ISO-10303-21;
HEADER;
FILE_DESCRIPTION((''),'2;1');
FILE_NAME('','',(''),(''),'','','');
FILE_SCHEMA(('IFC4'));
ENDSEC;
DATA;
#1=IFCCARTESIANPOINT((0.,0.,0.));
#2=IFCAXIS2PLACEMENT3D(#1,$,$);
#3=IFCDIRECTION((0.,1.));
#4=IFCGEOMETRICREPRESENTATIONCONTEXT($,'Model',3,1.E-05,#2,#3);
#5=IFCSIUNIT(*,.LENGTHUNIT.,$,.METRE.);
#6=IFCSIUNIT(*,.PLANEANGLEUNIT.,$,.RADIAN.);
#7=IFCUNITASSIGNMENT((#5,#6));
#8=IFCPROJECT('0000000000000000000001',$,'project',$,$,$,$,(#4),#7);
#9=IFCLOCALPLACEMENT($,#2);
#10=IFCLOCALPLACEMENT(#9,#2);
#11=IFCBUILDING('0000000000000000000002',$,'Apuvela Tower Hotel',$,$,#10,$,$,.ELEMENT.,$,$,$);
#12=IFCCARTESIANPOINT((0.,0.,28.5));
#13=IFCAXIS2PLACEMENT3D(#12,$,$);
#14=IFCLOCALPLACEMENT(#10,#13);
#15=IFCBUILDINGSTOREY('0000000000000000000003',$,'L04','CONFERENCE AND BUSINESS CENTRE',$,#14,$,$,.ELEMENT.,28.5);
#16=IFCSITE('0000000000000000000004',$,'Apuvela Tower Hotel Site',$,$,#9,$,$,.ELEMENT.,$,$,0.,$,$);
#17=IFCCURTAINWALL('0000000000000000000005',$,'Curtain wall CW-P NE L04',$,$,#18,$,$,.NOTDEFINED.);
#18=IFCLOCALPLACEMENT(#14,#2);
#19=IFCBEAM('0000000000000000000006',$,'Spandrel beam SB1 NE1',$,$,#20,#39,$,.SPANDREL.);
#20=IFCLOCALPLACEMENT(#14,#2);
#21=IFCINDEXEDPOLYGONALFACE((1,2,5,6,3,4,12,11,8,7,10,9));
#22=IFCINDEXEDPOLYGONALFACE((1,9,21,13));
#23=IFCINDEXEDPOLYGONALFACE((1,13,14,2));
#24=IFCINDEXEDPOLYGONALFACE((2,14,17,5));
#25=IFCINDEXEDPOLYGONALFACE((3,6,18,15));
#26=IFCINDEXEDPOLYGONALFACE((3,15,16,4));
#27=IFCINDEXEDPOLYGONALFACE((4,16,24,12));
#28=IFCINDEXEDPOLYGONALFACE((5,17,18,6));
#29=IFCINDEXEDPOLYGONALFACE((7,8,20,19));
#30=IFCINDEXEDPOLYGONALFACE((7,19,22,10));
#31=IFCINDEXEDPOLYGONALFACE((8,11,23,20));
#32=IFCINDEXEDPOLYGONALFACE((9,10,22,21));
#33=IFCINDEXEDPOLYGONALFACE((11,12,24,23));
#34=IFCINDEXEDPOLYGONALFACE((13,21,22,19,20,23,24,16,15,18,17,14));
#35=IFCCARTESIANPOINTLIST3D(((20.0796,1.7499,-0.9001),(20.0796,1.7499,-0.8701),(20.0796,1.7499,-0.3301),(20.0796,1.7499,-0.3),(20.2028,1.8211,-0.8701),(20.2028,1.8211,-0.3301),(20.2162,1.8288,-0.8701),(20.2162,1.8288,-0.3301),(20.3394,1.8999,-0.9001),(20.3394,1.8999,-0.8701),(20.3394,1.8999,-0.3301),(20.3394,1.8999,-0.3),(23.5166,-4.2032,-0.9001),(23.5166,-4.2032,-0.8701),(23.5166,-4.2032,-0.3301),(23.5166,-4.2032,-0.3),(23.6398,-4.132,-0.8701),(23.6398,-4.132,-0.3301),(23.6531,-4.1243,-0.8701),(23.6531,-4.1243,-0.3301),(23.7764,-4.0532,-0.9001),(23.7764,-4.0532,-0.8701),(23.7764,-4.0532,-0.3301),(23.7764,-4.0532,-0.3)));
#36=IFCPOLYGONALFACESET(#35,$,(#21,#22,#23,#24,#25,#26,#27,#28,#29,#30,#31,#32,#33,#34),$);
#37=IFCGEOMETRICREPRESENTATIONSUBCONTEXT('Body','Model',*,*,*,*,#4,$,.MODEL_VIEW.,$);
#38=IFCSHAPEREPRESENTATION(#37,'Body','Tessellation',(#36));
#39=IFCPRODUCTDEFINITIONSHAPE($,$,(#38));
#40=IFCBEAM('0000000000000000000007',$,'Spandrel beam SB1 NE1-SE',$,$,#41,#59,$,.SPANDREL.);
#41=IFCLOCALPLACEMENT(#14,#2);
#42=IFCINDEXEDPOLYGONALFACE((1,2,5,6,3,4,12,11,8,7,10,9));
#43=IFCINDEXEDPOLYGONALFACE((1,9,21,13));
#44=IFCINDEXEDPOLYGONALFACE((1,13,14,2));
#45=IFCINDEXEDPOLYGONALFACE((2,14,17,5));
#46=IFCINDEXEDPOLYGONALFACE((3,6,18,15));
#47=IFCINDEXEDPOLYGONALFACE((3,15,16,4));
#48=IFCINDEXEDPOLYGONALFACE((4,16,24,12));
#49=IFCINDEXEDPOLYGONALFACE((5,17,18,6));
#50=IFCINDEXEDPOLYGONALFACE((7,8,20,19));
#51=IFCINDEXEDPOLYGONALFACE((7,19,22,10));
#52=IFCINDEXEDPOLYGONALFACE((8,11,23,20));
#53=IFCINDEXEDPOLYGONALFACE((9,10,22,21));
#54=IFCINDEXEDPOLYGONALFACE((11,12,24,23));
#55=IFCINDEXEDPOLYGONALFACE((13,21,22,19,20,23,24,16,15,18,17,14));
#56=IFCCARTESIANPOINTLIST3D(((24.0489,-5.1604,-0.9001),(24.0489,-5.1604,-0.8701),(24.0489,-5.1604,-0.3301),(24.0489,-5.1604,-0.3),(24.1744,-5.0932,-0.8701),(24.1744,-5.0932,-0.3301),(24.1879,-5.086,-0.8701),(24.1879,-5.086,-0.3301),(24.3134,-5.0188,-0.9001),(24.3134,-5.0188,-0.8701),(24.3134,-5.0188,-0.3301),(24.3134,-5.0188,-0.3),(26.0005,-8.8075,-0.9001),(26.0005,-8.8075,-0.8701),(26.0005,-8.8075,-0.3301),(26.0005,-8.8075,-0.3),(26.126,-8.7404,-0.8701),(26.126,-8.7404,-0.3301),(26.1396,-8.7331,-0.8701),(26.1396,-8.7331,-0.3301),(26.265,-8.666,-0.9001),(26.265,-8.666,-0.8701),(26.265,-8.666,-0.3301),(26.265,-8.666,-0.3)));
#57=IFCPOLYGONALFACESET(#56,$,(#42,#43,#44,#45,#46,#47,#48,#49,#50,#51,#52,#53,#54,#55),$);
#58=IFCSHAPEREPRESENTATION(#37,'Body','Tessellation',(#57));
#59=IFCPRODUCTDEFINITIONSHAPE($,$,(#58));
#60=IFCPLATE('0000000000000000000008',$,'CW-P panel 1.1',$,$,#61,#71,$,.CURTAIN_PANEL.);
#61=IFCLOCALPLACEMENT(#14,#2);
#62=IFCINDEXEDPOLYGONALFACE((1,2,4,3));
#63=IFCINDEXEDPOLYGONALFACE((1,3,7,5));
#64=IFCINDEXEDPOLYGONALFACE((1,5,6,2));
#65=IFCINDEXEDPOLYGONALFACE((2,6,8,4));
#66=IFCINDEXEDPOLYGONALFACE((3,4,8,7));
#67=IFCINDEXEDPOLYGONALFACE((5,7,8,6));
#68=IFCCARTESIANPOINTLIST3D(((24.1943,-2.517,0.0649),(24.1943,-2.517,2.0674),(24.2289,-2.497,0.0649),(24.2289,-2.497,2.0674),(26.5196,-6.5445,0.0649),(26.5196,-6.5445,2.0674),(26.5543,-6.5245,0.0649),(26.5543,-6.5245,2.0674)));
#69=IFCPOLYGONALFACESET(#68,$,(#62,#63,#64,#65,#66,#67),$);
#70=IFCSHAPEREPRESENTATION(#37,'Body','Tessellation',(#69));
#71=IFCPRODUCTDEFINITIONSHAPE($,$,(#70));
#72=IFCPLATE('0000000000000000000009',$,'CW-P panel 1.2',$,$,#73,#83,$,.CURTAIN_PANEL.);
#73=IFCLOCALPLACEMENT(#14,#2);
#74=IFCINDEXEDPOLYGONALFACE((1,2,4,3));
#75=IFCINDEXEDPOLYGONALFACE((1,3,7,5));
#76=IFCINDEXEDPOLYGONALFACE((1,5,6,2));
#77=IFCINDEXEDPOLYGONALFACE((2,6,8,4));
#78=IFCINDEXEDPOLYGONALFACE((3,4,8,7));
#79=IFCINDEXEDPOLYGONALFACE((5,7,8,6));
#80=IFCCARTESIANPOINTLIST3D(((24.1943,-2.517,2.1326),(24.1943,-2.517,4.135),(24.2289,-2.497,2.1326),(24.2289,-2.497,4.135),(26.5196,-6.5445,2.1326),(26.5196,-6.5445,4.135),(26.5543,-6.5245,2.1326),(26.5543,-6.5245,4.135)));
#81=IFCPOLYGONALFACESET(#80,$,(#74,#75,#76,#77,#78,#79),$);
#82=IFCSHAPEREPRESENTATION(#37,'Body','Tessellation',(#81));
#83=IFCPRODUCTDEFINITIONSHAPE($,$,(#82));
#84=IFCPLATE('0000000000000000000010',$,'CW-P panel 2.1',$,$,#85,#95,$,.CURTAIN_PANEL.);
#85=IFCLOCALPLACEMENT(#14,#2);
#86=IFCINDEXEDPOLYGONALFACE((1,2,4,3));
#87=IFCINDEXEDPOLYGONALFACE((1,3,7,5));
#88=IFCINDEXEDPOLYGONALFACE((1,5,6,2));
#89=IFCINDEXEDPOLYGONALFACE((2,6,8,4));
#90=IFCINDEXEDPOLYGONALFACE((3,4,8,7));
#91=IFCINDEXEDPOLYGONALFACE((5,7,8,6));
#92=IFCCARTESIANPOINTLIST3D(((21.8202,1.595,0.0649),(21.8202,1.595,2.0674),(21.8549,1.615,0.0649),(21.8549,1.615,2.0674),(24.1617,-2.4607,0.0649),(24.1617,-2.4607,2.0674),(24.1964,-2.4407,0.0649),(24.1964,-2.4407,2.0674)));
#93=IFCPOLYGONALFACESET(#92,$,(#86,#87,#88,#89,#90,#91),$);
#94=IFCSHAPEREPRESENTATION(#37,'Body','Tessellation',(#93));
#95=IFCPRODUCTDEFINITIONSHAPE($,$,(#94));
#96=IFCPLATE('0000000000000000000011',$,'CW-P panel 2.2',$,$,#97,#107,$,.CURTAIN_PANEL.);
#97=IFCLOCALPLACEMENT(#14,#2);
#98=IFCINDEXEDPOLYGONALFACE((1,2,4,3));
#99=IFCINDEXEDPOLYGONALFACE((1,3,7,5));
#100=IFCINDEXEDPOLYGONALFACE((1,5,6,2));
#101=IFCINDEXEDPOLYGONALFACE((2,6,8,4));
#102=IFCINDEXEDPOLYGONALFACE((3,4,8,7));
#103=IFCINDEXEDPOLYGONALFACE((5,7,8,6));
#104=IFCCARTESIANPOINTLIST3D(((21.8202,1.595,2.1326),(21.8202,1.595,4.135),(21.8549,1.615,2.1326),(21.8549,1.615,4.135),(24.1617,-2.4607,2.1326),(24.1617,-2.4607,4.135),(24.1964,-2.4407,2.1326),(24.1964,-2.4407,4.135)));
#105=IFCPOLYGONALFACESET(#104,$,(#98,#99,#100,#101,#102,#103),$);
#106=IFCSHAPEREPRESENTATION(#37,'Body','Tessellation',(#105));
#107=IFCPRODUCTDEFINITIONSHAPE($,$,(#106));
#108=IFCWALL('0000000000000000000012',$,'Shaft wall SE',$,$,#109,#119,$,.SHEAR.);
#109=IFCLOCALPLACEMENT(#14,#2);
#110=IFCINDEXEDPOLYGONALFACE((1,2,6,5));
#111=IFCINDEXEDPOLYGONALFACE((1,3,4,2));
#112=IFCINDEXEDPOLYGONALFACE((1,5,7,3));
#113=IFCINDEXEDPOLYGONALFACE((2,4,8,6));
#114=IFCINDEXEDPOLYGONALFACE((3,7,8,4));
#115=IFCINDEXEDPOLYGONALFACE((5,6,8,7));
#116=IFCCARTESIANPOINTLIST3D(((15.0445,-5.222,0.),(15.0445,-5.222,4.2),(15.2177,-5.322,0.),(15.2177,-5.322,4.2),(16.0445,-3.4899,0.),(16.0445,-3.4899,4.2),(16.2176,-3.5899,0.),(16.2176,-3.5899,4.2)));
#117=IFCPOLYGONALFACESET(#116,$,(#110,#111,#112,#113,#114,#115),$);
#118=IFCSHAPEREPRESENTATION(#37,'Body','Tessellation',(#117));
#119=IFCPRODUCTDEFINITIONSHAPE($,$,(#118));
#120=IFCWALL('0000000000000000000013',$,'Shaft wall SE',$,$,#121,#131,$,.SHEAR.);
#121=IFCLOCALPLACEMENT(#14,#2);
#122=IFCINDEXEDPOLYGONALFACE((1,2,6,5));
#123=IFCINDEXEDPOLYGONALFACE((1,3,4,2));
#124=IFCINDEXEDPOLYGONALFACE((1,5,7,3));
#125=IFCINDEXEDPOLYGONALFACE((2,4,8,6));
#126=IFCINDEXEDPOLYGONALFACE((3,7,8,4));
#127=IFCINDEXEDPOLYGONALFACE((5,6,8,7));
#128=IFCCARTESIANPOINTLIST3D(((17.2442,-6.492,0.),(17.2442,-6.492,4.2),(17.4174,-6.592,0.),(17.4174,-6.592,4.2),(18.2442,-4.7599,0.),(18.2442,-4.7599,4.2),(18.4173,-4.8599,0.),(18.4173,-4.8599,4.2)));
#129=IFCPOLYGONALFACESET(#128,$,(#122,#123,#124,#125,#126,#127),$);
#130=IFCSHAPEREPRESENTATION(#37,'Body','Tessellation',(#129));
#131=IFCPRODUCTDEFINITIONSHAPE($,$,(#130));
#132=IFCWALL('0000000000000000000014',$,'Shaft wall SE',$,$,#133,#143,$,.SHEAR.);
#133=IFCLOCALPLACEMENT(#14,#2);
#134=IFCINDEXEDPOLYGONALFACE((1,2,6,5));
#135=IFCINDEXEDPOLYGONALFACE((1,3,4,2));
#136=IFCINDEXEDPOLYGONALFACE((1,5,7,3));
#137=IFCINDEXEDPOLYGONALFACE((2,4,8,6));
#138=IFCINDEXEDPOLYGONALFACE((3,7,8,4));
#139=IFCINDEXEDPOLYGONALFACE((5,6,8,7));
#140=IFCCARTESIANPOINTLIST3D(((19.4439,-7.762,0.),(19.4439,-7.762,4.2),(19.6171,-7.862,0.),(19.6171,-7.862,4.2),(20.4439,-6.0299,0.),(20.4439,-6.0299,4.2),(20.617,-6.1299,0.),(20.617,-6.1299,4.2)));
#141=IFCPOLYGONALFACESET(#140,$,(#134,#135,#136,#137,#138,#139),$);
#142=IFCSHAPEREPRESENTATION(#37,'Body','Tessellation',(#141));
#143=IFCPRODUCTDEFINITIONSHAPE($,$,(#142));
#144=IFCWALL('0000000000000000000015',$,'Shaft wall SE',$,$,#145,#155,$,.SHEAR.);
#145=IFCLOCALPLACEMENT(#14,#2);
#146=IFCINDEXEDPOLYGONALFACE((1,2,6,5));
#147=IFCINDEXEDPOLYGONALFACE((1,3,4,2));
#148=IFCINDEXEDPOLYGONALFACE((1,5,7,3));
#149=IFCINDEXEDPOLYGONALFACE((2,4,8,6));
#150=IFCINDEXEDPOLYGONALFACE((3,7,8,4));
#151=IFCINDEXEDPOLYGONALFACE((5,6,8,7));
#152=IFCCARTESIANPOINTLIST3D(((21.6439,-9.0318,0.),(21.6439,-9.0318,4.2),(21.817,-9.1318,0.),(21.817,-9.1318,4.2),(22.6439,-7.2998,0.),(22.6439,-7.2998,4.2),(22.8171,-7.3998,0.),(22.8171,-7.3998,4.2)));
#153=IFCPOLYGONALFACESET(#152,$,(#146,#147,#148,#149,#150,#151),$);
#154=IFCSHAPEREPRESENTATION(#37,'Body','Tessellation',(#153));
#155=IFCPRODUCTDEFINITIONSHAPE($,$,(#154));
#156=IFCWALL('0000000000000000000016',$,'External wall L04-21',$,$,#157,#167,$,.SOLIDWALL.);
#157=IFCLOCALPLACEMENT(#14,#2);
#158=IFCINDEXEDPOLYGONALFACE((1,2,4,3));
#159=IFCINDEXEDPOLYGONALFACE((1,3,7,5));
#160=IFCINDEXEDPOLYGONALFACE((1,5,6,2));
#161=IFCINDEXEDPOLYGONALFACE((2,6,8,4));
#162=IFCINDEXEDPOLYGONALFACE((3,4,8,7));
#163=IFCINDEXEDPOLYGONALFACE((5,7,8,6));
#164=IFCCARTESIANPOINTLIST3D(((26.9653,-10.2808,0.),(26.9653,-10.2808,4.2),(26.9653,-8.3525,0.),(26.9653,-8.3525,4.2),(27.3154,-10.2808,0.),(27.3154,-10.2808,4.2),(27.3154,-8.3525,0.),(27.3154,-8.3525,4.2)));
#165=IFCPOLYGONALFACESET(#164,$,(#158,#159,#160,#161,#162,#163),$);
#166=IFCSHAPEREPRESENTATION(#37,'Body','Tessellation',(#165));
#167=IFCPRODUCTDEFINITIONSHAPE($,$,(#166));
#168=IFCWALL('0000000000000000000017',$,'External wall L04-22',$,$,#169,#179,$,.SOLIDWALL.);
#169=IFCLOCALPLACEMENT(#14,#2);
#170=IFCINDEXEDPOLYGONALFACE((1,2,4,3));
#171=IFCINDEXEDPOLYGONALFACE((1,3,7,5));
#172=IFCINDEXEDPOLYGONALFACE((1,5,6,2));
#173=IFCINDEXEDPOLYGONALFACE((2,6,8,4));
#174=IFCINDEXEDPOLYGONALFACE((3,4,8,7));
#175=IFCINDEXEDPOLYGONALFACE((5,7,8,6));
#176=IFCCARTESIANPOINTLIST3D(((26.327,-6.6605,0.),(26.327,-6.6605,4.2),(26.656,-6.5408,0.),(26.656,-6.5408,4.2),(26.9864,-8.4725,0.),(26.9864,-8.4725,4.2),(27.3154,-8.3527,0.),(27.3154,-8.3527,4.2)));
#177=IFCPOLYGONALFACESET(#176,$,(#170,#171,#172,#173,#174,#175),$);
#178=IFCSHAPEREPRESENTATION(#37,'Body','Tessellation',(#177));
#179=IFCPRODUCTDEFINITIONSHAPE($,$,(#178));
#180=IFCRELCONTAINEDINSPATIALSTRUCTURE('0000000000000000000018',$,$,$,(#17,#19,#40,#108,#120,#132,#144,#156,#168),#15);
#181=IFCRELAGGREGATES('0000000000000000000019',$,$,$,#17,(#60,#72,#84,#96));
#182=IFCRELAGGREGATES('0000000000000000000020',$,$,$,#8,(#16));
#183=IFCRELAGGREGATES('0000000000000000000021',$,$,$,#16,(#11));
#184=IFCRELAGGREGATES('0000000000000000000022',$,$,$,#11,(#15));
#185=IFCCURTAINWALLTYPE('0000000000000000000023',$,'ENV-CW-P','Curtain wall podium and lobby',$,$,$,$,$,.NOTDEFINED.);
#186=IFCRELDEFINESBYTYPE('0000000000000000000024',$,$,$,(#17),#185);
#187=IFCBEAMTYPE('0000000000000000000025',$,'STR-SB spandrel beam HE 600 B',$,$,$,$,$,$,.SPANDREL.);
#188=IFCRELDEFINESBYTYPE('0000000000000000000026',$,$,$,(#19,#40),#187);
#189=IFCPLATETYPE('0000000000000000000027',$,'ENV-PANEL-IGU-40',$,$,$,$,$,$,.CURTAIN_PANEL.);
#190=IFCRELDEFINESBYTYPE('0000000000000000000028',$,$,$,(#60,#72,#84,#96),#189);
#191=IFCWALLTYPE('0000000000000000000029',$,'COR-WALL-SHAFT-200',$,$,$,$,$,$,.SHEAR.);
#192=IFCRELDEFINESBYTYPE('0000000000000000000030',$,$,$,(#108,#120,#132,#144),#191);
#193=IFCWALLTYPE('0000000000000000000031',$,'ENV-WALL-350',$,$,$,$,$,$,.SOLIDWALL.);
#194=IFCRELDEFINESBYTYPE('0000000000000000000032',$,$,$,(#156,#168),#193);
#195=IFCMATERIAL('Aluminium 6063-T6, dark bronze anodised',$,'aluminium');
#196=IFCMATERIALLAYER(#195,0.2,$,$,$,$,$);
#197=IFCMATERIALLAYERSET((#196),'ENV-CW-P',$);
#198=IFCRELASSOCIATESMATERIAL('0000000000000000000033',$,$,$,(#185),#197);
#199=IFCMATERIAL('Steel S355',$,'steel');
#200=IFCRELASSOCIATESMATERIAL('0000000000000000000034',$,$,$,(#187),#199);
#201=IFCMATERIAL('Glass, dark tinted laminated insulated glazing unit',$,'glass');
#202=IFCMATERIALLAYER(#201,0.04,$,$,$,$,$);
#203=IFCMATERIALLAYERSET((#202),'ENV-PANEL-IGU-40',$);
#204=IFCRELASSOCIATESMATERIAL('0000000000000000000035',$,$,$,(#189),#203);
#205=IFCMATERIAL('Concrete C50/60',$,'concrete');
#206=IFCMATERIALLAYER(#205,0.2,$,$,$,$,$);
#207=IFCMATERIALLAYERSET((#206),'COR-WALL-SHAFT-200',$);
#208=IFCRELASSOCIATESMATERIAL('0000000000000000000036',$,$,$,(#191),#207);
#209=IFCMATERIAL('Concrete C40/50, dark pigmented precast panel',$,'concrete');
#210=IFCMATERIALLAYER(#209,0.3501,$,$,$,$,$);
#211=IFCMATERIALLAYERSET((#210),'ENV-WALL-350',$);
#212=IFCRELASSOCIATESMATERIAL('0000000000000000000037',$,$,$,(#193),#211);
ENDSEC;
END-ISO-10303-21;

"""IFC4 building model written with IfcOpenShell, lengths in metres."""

from ifc_helpers import new_model, si_unit, direction, frame, frame_2d, origin, origin_2d, place, context, subcontext, project, spatial, rectangle, i_section, extrude, material, layer, layer_set, material_profile, profile_set, type_object, element, aggregate, save


model = new_model("IFC4")

# Units and contexts
model_context = context("Model", 3, precision=1e-05, world=origin(), true_north=direction((0.0, 1.0)))
body_context = subcontext(model_context, "Body", "Model", "MODEL_VIEW")
ifc_project = project(units=[si_unit("LENGTHUNIT", "METRE"), si_unit("PLANEANGLEUNIT", "RADIAN")], contexts=[model_context])

# Site, building, storey
site_placement = place(None, origin())
site = spatial("IfcSite", under=ifc_project, at=site_placement, Name="Apuvela Tower Hotel Site", CompositionType="ELEMENT", RefElevation=0.0)
building_placement = place(site_placement, origin())
building = spatial("IfcBuilding", under=site, at=building_placement, Name="Apuvela Tower Hotel", CompositionType="ELEMENT")
storey_placement = place(building_placement, frame((0.0, 0.0, 28.5)))
storey = spatial("IfcBuildingStorey", under=building, at=storey_placement, Name="L04", Description="CONFERENCE AND BUSINESS CENTRE", CompositionType="ELEMENT", Elevation=28.5)

# Curtain wall
ifc_material_1 = material(Name="Aluminium 6063-T6, dark bronze anodised", Category="aluminium")
ifc_layer_1 = layer(ifc_material_1, 0.2)
ifc_layer_set_1 = layer_set([ifc_layer_1], Name="ENV-CW-P")
curtain_wall_type = type_object("IfcCurtainWallType", Name="ENV-CW-P", Description="Curtain wall podium and lobby", PredefinedType="NOTDEFINED", material=ifc_layer_set_1)
curtain_wall_placement = place(storey_placement, origin())
curtain_wall = element("IfcCurtainWall", 1, at=curtain_wall_placement, inside=storey, type_object=curtain_wall_type, Name="Curtain wall CW-P NE L04", PredefinedType="NOTDEFINED")

# Beams
ifc_material_2 = material(Name="Steel S355", Category="steel")
ifc_material_profile_1 = material_profile(ifc_material_2, i_section(OverallWidth=0.3, OverallDepth=0.6001, WebThickness=0.0154, FlangeThickness=0.03, at=origin_2d()), Name="HE 600 B")
ifc_profile_set_1 = profile_set([ifc_material_profile_1], Name="Steel S355")
beam_type_1 = type_object("IfcBeamType", Name="STR-SB spandrel beam HE 600 B", PredefinedType="SPANDREL", material=ifc_profile_set_1)
beam_1_placement = place(storey_placement, frame((23.6465, -4.1282, -0.6001), z_axis=(-0.499997, 0.866027, 0.0), x_axis=(-0.866027, -0.499997, 0.0)))
element("IfcBeam", 2, at=beam_1_placement, inside=storey, type_object=beam_type_1, Name="Spandrel beam SB1 NE1", PredefinedType="SPANDREL", context=body_context, shape_type="SweptSolid", body=[
    extrude(i_section(OverallWidth=0.3, OverallDepth=0.6001, WebThickness=0.0154, FlangeThickness=0.03, at=origin_2d()), origin(), (0.0, 0.0, 1.0), 6.874),
])
beam_2_placement = place(storey_placement, frame((24.1812, -5.0896, -0.6001), z_axis=(0.471807, -0.881702, 0.0), x_axis=(0.881702, 0.471807, 0.0)))
element("IfcBeam", 3, at=beam_2_placement, inside=storey, type_object=beam_type_1, Name="Spandrel beam SB1 NE1-SE", PredefinedType="SPANDREL", context=body_context, shape_type="SweptSolid", body=[
    extrude(i_section(OverallWidth=0.3, OverallDepth=0.6001, WebThickness=0.0154, FlangeThickness=0.03, at=origin_2d()), origin(), (0.0, 0.0, 1.0), 4.1365),
])

# Plates
ifc_material_3 = material(Name="Glass, dark tinted laminated insulated glazing unit", Category="glass")
ifc_layer_2 = layer(ifc_material_3, 0.04)
ifc_layer_set_2 = layer_set([ifc_layer_2], Name="ENV-PANEL-IGU-40")
plate_type = type_object("IfcPlateType", Name="ENV-PANEL-IGU-40", PredefinedType="CURTAIN_PANEL", material=ifc_layer_set_2)
plate_1_placement = place(storey_placement, frame((25.3743, -4.5208, 0.0649), z_axis=(0.0, 0.0, 1.0), x_axis=(-0.500002, 0.866024, 0.0)))
plate_1 = element("IfcPlate", 4, at=plate_1_placement, type_object=plate_type, Name="CW-P panel 1.1", PredefinedType="CURTAIN_PANEL", context=body_context, shape_type="SweptSolid", body=[
    extrude(rectangle(XDim=4.6506, YDim=0.04, at=origin_2d()), origin(), (0.0, 0.0, 1.0), 2.0024),
])
plate_2_placement = place(storey_placement, frame((25.3743, -4.5208, 2.1326), z_axis=(0.0, 0.0, 1.0), x_axis=(-0.500002, 0.866024, 0.0)))
plate_2 = element("IfcPlate", 5, at=plate_2_placement, type_object=plate_type, Name="CW-P panel 1.2", PredefinedType="CURTAIN_PANEL", context=body_context, shape_type="SweptSolid", body=[
    extrude(rectangle(XDim=4.6506, YDim=0.04, at=origin_2d()), origin(), (0.0, 0.0, 1.0), 2.0024),
])
plate_3_placement = place(storey_placement, frame((23.0083, -0.4229, 0.0649), z_axis=(0.0, 0.0, 1.0), x_axis=(-0.500002, 0.866024, 0.0)))
plate_3 = element("IfcPlate", 6, at=plate_3_placement, type_object=plate_type, Name="CW-P panel 2.1", PredefinedType="CURTAIN_PANEL", context=body_context, shape_type="SweptSolid", body=[
    extrude(rectangle(XDim=4.6831, YDim=0.04, at=origin_2d()), origin(), (0.0, 0.0, 1.0), 2.0024),
])
plate_4_placement = place(storey_placement, frame((23.0083, -0.4229, 2.1326), z_axis=(0.0, 0.0, 1.0), x_axis=(-0.500002, 0.866024, 0.0)))
plate_4 = element("IfcPlate", 7, at=plate_4_placement, type_object=plate_type, Name="CW-P panel 2.2", PredefinedType="CURTAIN_PANEL", context=body_context, shape_type="SweptSolid", body=[
    extrude(rectangle(XDim=4.6831, YDim=0.04, at=origin_2d()), origin(), (0.0, 0.0, 1.0), 2.0024),
])
aggregate(curtain_wall, [plate_1, plate_2, plate_3, plate_4])

# Walls
ifc_material_4 = material(Name="Concrete C50/60", Category="concrete")
ifc_layer_3 = layer(ifc_material_4, 0.2)
ifc_layer_set_3 = layer_set([ifc_layer_3], Name="COR-WALL-SHAFT-200")
wall_type_1 = type_object("IfcWallType", Name="COR-WALL-SHAFT-200", PredefinedType="SHEAR", material=ifc_layer_set_3)
for number, where, z_axis, x_axis, name in (
    (8, (15.1311, -5.272, 0.0), (0.0, 0.0, 1.0), (0.499973, 0.866041, 0.0), "Shaft wall SE"),
    (9, (17.3308, -6.542, 0.0), (0.0, 0.0, 1.0), (0.499973, 0.866041, 0.0), "Shaft wall SE"),
    (10, (19.5305, -7.812, 0.0), (0.0, 0.0, 1.0), (0.499973, 0.866041, 0.0), "Shaft wall SE"),
    (11, (21.7305, -9.0818, 0.0), (0.0, 0.0, 1.0), (0.500025, 0.866011, 0.0), "Shaft wall SE"),
):
    element("IfcWall", number, at=place(storey_placement, frame(where, z_axis=z_axis, x_axis=x_axis)), inside=storey, type_object=wall_type_1, Name=name, PredefinedType="SHEAR", context=body_context, shape_type="SweptSolid", body=[
        extrude(rectangle(XDim=2.0, YDim=0.2, at=frame_2d((1.0, 0.0))), origin(), (0.0, 0.0, 1.0), 4.2),
    ])
ifc_material_5 = material(Name="Concrete C40/50, dark pigmented precast panel", Category="concrete")
ifc_layer_4 = layer(ifc_material_5, 0.3501)
ifc_layer_set_4 = layer_set([ifc_layer_4], Name="ENV-WALL-350")
wall_type_2 = type_object("IfcWallType", Name="ENV-WALL-350", PredefinedType="SOLIDWALL", material=ifc_layer_set_4)
for number, where, z_axis, x_axis, name in (
    (12, (27.1404, -10.2808, 0.0), (0.0, 0.0, 1.0), (0.0, 1.0, 0.0), "External wall L04-21"),
    (13, (27.1509, -8.4126, 0.0), (0.0, 0.0, 1.0), (-0.341977, 0.939708, 0.0), "External wall L04-22"),
):
    element("IfcWall", number, at=place(storey_placement, frame(where, z_axis=z_axis, x_axis=x_axis)), inside=storey, type_object=wall_type_2, Name=name, PredefinedType="SOLIDWALL", context=body_context, shape_type="SweptSolid", body=[
        extrude(rectangle(XDim=1.9282, YDim=0.3501, at=frame_2d((0.9641, 0.0))), origin(), (0.0, 0.0, 1.0), 4.2),
    ])

save(model, "model.ifc")
